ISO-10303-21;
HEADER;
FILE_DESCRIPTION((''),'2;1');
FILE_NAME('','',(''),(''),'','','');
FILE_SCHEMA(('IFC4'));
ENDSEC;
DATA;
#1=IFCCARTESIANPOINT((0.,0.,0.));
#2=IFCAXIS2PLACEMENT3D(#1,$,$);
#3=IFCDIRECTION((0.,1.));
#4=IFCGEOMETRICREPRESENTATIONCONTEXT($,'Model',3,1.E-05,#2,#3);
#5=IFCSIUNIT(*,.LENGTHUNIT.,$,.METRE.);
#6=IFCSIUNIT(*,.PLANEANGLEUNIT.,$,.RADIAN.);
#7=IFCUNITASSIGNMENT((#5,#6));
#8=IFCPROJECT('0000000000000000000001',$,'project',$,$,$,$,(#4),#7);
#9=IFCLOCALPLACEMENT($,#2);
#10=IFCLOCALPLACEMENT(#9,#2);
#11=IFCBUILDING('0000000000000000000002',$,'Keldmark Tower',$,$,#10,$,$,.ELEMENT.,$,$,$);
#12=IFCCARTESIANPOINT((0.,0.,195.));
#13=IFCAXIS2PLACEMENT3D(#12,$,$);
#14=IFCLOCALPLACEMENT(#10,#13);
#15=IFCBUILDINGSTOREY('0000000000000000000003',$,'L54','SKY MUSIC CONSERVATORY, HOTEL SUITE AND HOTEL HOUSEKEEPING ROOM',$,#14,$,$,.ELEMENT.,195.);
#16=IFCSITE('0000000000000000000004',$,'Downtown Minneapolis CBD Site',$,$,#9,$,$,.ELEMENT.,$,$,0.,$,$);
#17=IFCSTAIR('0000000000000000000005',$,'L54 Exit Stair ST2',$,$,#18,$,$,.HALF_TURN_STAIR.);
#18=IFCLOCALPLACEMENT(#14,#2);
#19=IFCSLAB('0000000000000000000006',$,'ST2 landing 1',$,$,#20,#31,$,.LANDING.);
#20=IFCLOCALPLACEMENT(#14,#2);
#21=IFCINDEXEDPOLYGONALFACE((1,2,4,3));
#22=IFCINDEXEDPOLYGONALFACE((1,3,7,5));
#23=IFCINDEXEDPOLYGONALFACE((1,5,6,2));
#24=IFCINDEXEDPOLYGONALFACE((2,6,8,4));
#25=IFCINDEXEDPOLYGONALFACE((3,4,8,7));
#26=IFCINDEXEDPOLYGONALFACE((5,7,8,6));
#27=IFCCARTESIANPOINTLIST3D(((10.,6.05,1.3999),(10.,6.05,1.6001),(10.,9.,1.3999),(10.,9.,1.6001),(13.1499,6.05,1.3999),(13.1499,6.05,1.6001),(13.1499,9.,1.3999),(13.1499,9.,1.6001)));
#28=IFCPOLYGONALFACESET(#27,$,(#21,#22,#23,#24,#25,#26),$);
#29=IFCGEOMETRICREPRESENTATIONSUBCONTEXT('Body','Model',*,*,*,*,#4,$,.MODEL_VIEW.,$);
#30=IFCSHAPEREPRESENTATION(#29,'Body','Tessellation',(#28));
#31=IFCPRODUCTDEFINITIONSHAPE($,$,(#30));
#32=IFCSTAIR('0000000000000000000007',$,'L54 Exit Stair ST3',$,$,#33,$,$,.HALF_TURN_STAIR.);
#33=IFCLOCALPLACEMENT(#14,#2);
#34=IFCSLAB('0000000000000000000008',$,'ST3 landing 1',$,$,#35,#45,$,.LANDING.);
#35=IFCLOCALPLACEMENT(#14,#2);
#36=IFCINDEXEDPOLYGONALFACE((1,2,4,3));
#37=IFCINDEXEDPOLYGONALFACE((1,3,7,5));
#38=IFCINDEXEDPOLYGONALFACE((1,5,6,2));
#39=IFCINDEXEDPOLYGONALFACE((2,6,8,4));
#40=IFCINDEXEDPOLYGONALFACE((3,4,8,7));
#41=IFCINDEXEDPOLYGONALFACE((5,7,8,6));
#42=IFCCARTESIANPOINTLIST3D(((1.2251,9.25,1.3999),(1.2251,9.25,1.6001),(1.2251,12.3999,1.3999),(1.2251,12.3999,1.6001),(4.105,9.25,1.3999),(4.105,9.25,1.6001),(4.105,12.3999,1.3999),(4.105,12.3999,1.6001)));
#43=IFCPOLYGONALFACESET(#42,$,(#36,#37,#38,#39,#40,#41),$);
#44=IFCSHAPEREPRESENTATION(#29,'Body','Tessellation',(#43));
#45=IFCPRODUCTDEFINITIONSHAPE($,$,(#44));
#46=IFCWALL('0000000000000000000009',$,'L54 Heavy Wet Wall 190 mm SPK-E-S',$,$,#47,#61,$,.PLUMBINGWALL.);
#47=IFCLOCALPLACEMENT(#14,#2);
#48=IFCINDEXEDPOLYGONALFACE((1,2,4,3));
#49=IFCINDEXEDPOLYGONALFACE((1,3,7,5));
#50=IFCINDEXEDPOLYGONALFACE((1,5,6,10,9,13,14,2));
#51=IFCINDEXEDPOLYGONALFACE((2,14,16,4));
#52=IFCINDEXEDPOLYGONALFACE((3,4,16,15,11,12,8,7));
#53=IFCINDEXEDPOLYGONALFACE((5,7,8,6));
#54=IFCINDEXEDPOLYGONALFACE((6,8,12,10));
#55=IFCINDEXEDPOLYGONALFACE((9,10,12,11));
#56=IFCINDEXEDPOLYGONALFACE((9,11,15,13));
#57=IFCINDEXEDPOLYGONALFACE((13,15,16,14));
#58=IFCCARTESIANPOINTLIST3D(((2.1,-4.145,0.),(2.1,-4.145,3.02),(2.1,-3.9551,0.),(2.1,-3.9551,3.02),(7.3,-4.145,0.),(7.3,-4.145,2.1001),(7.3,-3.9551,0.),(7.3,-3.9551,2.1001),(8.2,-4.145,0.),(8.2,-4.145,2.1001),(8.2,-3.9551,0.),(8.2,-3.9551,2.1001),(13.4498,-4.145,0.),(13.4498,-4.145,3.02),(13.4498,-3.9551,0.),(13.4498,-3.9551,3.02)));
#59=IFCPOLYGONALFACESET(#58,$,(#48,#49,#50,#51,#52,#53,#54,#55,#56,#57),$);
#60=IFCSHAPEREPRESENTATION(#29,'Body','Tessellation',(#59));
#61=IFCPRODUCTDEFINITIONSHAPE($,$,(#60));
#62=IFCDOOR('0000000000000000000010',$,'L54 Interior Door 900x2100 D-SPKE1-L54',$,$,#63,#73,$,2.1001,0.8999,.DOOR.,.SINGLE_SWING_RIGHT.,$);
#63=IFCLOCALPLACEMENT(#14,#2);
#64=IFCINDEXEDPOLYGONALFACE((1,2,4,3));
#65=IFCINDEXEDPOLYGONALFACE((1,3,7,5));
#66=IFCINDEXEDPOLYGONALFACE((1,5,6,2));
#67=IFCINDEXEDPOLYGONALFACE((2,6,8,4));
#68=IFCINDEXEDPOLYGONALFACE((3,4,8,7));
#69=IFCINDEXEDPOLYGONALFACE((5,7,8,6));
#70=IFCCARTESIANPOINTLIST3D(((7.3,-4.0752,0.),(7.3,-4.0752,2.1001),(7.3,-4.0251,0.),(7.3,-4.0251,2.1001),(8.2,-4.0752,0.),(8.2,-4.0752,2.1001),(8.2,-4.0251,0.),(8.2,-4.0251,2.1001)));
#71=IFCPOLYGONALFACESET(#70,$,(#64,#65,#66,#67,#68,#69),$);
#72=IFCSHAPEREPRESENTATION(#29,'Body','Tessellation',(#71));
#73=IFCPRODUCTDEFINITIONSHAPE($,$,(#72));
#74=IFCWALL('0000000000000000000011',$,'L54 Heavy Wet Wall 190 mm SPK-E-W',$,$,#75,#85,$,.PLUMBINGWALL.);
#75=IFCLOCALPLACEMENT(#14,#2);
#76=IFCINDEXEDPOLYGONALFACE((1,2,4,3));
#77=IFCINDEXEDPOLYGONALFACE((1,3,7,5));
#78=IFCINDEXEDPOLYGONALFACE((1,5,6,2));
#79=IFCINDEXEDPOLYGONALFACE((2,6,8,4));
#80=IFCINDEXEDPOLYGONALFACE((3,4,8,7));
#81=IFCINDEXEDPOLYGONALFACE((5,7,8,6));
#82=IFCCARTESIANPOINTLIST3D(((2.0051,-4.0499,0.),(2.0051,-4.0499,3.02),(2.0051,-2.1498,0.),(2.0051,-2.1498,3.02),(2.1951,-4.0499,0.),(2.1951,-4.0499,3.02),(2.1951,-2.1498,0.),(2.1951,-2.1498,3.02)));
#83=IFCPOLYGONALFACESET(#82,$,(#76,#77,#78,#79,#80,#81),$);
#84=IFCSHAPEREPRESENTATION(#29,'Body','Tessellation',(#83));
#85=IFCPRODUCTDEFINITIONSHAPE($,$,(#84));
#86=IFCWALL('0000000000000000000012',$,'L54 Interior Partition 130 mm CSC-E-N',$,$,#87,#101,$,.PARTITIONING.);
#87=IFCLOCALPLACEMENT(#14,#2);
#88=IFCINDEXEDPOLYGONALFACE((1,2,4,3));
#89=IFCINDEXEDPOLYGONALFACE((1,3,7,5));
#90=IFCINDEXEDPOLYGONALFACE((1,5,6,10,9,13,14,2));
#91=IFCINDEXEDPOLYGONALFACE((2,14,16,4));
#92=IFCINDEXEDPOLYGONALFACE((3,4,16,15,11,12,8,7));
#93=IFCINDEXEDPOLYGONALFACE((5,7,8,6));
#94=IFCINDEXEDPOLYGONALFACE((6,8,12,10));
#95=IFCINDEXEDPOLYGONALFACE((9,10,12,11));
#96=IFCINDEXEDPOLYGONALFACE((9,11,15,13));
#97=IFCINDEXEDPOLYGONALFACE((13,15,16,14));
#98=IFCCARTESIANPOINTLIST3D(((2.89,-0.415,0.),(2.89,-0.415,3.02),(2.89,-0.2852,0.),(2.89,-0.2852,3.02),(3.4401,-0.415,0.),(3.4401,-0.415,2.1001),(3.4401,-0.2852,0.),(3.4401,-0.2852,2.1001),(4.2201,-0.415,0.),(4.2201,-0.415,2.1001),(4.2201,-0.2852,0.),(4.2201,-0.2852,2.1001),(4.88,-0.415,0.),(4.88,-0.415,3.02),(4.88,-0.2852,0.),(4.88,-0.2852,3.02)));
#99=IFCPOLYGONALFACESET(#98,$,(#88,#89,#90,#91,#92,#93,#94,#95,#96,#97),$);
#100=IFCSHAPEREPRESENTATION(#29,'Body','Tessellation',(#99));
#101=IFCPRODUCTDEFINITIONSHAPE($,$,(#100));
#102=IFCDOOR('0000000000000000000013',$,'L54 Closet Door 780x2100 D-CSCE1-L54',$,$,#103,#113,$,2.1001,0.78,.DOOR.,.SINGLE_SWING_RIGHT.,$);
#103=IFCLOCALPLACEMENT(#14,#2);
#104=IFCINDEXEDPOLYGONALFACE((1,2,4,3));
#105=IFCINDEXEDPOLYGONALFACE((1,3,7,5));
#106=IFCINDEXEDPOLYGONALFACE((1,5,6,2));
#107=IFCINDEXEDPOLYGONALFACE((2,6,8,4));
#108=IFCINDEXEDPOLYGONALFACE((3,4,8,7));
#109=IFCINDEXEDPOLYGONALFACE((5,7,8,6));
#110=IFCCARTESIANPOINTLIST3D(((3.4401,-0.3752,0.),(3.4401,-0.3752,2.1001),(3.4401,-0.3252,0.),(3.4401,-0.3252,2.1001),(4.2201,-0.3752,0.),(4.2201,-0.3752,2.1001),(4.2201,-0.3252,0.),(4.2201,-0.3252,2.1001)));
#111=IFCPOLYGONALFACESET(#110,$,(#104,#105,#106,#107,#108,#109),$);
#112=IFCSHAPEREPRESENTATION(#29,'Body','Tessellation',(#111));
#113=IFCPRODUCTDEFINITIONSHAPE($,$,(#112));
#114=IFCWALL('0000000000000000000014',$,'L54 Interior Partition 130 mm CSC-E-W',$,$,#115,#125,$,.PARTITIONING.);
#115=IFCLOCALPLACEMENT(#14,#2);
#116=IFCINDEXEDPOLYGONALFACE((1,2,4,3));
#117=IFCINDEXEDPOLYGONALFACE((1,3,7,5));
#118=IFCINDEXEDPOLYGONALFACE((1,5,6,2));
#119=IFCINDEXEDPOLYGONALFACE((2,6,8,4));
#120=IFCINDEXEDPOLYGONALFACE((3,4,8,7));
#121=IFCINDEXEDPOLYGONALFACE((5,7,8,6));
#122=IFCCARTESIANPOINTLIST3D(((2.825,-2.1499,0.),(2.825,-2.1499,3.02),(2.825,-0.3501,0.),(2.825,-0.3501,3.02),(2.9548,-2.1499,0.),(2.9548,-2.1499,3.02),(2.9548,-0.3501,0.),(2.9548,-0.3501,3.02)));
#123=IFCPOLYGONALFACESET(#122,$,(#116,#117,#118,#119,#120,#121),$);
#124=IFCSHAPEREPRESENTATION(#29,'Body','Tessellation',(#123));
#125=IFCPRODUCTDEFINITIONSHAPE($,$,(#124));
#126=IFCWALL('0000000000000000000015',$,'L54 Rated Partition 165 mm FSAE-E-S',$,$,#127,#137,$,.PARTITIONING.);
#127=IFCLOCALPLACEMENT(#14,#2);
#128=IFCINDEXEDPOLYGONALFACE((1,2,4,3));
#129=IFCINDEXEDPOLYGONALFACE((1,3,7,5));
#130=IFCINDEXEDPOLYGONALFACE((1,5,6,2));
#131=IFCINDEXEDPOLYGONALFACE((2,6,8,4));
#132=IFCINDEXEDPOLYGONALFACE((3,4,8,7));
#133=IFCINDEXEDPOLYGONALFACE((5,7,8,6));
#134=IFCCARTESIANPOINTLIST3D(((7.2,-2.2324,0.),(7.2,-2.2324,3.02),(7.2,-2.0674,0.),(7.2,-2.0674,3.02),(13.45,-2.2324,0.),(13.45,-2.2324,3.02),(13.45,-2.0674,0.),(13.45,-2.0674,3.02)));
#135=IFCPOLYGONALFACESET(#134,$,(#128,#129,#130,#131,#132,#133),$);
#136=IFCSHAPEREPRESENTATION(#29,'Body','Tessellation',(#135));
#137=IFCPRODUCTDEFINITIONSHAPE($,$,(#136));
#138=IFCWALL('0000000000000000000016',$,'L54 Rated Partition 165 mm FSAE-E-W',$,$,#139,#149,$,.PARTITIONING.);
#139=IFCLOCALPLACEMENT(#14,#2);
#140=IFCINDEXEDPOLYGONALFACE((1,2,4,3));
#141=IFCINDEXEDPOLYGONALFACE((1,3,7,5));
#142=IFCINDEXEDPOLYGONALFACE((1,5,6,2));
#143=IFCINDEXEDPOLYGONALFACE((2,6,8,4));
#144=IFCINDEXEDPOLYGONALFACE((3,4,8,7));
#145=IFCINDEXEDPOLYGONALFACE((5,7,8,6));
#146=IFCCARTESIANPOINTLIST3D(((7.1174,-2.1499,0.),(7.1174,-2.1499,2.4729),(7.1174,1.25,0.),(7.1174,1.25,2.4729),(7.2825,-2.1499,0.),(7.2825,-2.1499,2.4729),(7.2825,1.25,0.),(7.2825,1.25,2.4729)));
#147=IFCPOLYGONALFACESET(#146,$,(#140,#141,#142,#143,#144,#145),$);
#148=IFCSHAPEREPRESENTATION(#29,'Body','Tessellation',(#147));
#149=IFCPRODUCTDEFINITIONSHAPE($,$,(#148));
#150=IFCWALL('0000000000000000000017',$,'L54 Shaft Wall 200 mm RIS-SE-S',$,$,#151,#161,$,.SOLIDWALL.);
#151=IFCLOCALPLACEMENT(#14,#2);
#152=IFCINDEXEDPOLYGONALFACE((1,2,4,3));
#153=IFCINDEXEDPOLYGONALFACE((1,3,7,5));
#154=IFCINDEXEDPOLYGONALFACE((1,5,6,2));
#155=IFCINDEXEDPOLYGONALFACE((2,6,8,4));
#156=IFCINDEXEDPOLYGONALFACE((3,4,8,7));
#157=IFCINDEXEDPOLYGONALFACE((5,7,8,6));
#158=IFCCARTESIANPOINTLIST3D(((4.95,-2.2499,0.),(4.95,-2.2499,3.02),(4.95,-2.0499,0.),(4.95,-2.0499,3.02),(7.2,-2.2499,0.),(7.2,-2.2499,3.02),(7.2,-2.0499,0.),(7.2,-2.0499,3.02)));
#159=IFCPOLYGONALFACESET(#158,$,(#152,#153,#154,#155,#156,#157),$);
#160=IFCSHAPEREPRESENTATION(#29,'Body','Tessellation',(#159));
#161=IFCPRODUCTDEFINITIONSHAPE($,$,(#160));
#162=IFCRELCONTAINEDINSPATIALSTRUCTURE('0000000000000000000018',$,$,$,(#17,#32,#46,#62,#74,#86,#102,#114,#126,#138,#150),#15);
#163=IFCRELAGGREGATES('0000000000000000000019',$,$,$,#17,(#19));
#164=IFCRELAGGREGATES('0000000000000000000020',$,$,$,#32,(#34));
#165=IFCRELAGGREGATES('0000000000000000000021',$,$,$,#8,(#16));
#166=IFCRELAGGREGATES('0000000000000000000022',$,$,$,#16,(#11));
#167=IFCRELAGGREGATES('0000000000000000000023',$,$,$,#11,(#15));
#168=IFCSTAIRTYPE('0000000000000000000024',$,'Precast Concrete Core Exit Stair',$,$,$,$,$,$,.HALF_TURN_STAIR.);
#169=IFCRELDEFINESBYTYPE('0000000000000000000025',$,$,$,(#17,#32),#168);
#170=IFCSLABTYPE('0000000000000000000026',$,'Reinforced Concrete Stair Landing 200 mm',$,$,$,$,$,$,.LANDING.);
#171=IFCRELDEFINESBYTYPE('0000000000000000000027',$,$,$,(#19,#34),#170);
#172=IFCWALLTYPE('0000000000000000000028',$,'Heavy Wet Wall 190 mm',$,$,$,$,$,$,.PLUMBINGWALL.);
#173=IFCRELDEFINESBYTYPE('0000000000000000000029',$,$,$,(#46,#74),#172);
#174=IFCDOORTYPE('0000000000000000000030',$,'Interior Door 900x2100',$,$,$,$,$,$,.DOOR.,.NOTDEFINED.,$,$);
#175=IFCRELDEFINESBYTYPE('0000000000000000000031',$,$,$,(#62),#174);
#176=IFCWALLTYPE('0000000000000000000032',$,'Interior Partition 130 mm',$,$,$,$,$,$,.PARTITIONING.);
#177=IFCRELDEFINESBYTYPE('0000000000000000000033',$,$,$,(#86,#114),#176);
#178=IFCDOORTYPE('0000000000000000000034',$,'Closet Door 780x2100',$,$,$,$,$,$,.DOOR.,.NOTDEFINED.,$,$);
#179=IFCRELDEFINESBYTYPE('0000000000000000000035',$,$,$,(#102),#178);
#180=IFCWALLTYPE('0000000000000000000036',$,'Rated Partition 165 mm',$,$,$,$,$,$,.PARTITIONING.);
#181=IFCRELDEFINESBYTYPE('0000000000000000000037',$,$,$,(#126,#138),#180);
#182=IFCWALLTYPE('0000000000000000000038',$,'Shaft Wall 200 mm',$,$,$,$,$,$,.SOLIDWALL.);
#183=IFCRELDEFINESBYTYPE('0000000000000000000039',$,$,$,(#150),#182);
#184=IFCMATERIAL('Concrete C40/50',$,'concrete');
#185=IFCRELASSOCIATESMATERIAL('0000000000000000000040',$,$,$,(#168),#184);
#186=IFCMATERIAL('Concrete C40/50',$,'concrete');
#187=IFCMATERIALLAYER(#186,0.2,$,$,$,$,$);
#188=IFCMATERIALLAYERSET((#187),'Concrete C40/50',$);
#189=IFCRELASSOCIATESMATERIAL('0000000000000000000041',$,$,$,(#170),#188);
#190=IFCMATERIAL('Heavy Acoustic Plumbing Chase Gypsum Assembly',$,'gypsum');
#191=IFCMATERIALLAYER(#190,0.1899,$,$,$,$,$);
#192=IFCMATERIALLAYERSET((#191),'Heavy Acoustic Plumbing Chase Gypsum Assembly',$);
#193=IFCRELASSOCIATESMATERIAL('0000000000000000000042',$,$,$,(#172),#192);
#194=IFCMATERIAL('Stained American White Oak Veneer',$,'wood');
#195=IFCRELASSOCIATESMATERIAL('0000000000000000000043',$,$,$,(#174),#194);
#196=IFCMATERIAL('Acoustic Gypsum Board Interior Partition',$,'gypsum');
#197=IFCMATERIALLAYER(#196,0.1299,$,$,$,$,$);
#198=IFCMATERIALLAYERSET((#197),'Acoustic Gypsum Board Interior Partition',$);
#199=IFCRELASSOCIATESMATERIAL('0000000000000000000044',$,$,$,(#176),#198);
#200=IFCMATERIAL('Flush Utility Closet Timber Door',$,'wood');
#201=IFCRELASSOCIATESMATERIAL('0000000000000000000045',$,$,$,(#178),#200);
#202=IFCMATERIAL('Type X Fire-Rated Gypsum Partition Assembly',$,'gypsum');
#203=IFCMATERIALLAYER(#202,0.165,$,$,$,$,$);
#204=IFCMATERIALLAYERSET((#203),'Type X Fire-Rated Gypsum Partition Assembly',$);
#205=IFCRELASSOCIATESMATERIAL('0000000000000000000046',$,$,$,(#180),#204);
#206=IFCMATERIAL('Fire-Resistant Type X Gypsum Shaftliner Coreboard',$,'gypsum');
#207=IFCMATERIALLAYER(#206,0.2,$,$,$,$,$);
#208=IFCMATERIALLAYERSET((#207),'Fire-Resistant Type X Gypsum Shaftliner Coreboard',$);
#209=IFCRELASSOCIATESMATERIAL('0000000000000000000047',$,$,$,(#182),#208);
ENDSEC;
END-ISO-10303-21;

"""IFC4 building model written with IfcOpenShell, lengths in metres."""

from ifc_helpers import new_model, si_unit, direction, frame, frame_2d, origin, place, context, subcontext, project, spatial, polyline, rectangle, outline, extrude, material, layer, layer_set, type_object, element, fill, aggregate, save


model = new_model("IFC4")

# Units and contexts
model_context = context("Model", 3, precision=1e-05, world=origin(), true_north=direction((0.0, 1.0)))
body_context = subcontext(model_context, "Body", "Model", "MODEL_VIEW")
ifc_project = project(units=[si_unit("LENGTHUNIT", "METRE"), si_unit("PLANEANGLEUNIT", "RADIAN")], contexts=[model_context])

# Site, building, storey
site_placement = place(None, origin())
site = spatial("IfcSite", under=ifc_project, at=site_placement, Name="Downtown Minneapolis CBD Site", CompositionType="ELEMENT", RefElevation=0.0)
building_placement = place(site_placement, origin())
building = spatial("IfcBuilding", under=site, at=building_placement, Name="Keldmark Tower", CompositionType="ELEMENT")
storey_placement = place(building_placement, frame((0.0, 0.0, 195.0)))
storey = spatial("IfcBuildingStorey", under=building, at=storey_placement, Name="L54", Description="SKY MUSIC CONSERVATORY, HOTEL SUITE AND HOTEL HOUSEKEEPING ROOM", CompositionType="ELEMENT", Elevation=195.0)

# Stairs, slabs
ifc_material_1 = material(Name="Concrete C40/50", Category="concrete")
stair_type = type_object("IfcStairType", Name="Precast Concrete Core Exit Stair", PredefinedType="HALF_TURN_STAIR", material=ifc_material_1)
ifc_material_2 = material(Name="Concrete C40/50", Category="concrete")
ifc_layer_1 = layer(ifc_material_2, 0.2)
ifc_layer_set_1 = layer_set([ifc_layer_1], Name="Concrete C40/50")
slab_type_1 = type_object("IfcSlabType", Name="Reinforced Concrete Stair Landing 200 mm", PredefinedType="LANDING", material=ifc_layer_set_1)
stair_1_placement = place(storey_placement, origin())
stair_1 = element("IfcStair", 1, at=stair_1_placement, inside=storey, type_object=stair_type, Name="L54 Exit Stair ST2", PredefinedType="HALF_TURN_STAIR")
slab_1_placement = place(storey_placement, frame((0.0, 0.0, 1.3999)))
slab_1 = element("IfcSlab", 2, at=slab_1_placement, type_object=slab_type_1, Name="ST2 landing 1", PredefinedType="LANDING", context=body_context, shape_type="SweptSolid", body=[
    extrude(outline(polyline([(13.1499, 6.05), (13.1499, 9.0), (10.0, 9.0), (10.0, 6.05), (13.1499, 6.05)])), origin(), (0.0, 0.0, 1.0), 0.2002),
])
aggregate(stair_1, [slab_1])
stair_2_placement = place(storey_placement, origin())
stair_2 = element("IfcStair", 3, at=stair_2_placement, inside=storey, type_object=stair_type, Name="L54 Exit Stair ST3", PredefinedType="HALF_TURN_STAIR")
slab_2_placement = place(storey_placement, frame((0.0, 0.0, 1.3999)))
slab_2 = element("IfcSlab", 4, at=slab_2_placement, type_object=slab_type_1, Name="ST3 landing 1", PredefinedType="LANDING", context=body_context, shape_type="SweptSolid", body=[
    extrude(outline(polyline([(1.2251, 9.25), (4.105, 9.25), (4.105, 12.3999), (1.2251, 12.3999), (1.2251, 9.25)])), origin(), (0.0, 0.0, 1.0), 0.2002),
])
aggregate(stair_2, [slab_2])

# Wall, opening, door
ifc_material_3 = material(Name="Heavy Acoustic Plumbing Chase Gypsum Assembly", Category="gypsum")
ifc_layer_2 = layer(ifc_material_3, 0.1899)
ifc_layer_set_2 = layer_set([ifc_layer_2], Name="Heavy Acoustic Plumbing Chase Gypsum Assembly")
wall_type_1 = type_object("IfcWallType", Name="Heavy Wet Wall 190 mm", PredefinedType="PLUMBINGWALL", material=ifc_layer_set_2)
wall_1_placement = place(storey_placement, frame((2.1001, -4.05, 0.0), z_axis=(0.0, 0.0, 1.0), x_axis=(1.0, 0.0, 0.0)))
wall_1 = element("IfcWall", 5, at=wall_1_placement, inside=storey, type_object=wall_type_1, Name="L54 Heavy Wet Wall 190 mm SPK-E-S", PredefinedType="PLUMBINGWALL", context=body_context, shape_type="SweptSolid", body=[
    extrude(rectangle(XDim=11.3499, YDim=0.1899, at=frame_2d((5.6748, 0.0))), origin(), (0.0, 0.0, 1.0), 3.02),
])
opening_1_placement = place(wall_1_placement, frame((5.2, 0.0, 0.0)))
opening_1 = element("IfcOpeningElement", 6, at=opening_1_placement, cuts=wall_1, PredefinedType="OPENING", context=body_context, shape_type="SweptSolid", body=[
    extrude(rectangle(XDim=0.8999, YDim=2.1001, at=frame_2d((0.45, 1.05))), frame((0.0, 0.105, 0.0), z_axis=(0.0, -1.0, 0.0), x_axis=(1.0, 0.0, 0.0)), (0.0, 0.0, 1.0), 0.21),
])
ifc_material_4 = material(Name="Stained American White Oak Veneer", Category="wood")
door_type_1 = type_object("IfcDoorType", Name="Interior Door 900x2100", OperationType="NOTDEFINED", PredefinedType="DOOR", material=ifc_material_4)
door_1_placement = place(opening_1_placement, origin())
door_1 = element("IfcDoor", 7, at=door_1_placement, inside=storey, type_object=door_type_1, Name="L54 Interior Door 900x2100 D-SPKE1-L54", OperationType="SINGLE_SWING_RIGHT", OverallHeight=2.1001, OverallWidth=0.8999, PredefinedType="DOOR", context=body_context, shape_type="SweptSolid", body=[
    extrude(rectangle(XDim=0.8999, YDim=2.1001, at=frame_2d((0.45, 1.05))), frame((0.0, 0.0249, 0.0), z_axis=(0.0, -1.0, 0.0), x_axis=(1.0, 0.0, 0.0)), (0.0, 0.0, 1.0), 0.05),
])
fill(opening_1, door_1)

# Wall
wall_2_placement = place(storey_placement, frame((2.1001, -4.05, 0.0), z_axis=(0.0, 0.0, 1.0), x_axis=(0.0, 1.0, 0.0)))
element("IfcWall", 8, at=wall_2_placement, inside=storey, type_object=wall_type_1, Name="L54 Heavy Wet Wall 190 mm SPK-E-W", PredefinedType="PLUMBINGWALL", context=body_context, shape_type="SweptSolid", body=[
    extrude(rectangle(XDim=1.9001, YDim=0.1899, at=frame_2d((0.9502, 0.0))), origin(), (0.0, 0.0, 1.0), 3.02),
])

# Wall, opening, door
ifc_material_5 = material(Name="Acoustic Gypsum Board Interior Partition", Category="gypsum")
ifc_layer_3 = layer(ifc_material_5, 0.1299)
ifc_layer_set_3 = layer_set([ifc_layer_3], Name="Acoustic Gypsum Board Interior Partition")
wall_type_2 = type_object("IfcWallType", Name="Interior Partition 130 mm", PredefinedType="PARTITIONING", material=ifc_layer_set_3)
wall_3_placement = place(storey_placement, frame((2.8899, -0.3501, 0.0), z_axis=(0.0, 0.0, 1.0), x_axis=(1.0, 0.0, 0.0)))
wall_3 = element("IfcWall", 9, at=wall_3_placement, inside=storey, type_object=wall_type_2, Name="L54 Interior Partition 130 mm CSC-E-N", PredefinedType="PARTITIONING", context=body_context, shape_type="SweptSolid", body=[
    extrude(rectangle(XDim=1.99, YDim=0.1299, at=frame_2d((0.9951, 0.0))), origin(), (0.0, 0.0, 1.0), 3.02),
])
opening_2_placement = place(wall_3_placement, frame((0.55, 0.0, 0.0)))
opening_2 = element("IfcOpeningElement", 10, at=opening_2_placement, cuts=wall_3, PredefinedType="OPENING", context=body_context, shape_type="SweptSolid", body=[
    extrude(rectangle(XDim=0.78, YDim=2.1001, at=frame_2d((0.3901, 1.05))), frame((0.0, 0.075, 0.0), z_axis=(0.0, -1.0, 0.0), x_axis=(1.0, 0.0, 0.0)), (0.0, 0.0, 1.0), 0.1499),
])
ifc_material_6 = material(Name="Flush Utility Closet Timber Door", Category="wood")
door_type_2 = type_object("IfcDoorType", Name="Closet Door 780x2100", OperationType="NOTDEFINED", PredefinedType="DOOR", material=ifc_material_6)
door_2_placement = place(opening_2_placement, origin())
door_2 = element("IfcDoor", 11, at=door_2_placement, inside=storey, type_object=door_type_2, Name="L54 Closet Door 780x2100 D-CSCE1-L54", OperationType="SINGLE_SWING_RIGHT", OverallHeight=2.1001, OverallWidth=0.78, PredefinedType="DOOR", context=body_context, shape_type="SweptSolid", body=[
    extrude(rectangle(XDim=0.78, YDim=2.1001, at=frame_2d((0.3901, 1.05))), frame((0.0, 0.0249, 0.0), z_axis=(0.0, -1.0, 0.0), x_axis=(1.0, 0.0, 0.0)), (0.0, 0.0, 1.0), 0.05),
])
fill(opening_2, door_2)

# Walls
wall_4_placement = place(storey_placement, frame((2.8899, -2.1499, 0.0), z_axis=(0.0, 0.0, 1.0), x_axis=(0.0, 1.0, 0.0)))
element("IfcWall", 12, at=wall_4_placement, inside=storey, type_object=wall_type_2, Name="L54 Interior Partition 130 mm CSC-E-W", PredefinedType="PARTITIONING", context=body_context, shape_type="SweptSolid", body=[
    extrude(rectangle(XDim=1.7998, YDim=0.1299, at=frame_2d((0.8999, 0.0))), origin(), (0.0, 0.0, 1.0), 3.02),
])
ifc_material_7 = material(Name="Type X Fire-Rated Gypsum Partition Assembly", Category="gypsum")
ifc_layer_4 = layer(ifc_material_7, 0.165)
ifc_layer_set_4 = layer_set([ifc_layer_4], Name="Type X Fire-Rated Gypsum Partition Assembly")
wall_type_3 = type_object("IfcWallType", Name="Rated Partition 165 mm", PredefinedType="PARTITIONING", material=ifc_layer_set_4)
wall_5_placement = place(storey_placement, frame((7.2, -2.1499, 0.0), z_axis=(0.0, 0.0, 1.0), x_axis=(1.0, 0.0, 0.0)))
element("IfcWall", 13, at=wall_5_placement, inside=storey, type_object=wall_type_3, Name="L54 Rated Partition 165 mm FSAE-E-S", PredefinedType="PARTITIONING", context=body_context, shape_type="SweptSolid", body=[
    extrude(rectangle(XDim=6.25, YDim=0.165, at=frame_2d((3.125, 0.0))), origin(), (0.0, 0.0, 1.0), 3.02),
])
wall_6_placement = place(storey_placement, frame((7.2, -2.1499, 0.0), z_axis=(0.0, 0.0, 1.0), x_axis=(0.0, 1.0, 0.0)))
element("IfcWall", 14, at=wall_6_placement, inside=storey, type_object=wall_type_3, Name="L54 Rated Partition 165 mm FSAE-E-W", PredefinedType="PARTITIONING", context=body_context, shape_type="SweptSolid", body=[
    extrude(rectangle(XDim=3.3999, YDim=0.165, at=frame_2d((1.7, 0.0))), origin(), (0.0, 0.0, 1.0), 2.4729),
])
ifc_material_8 = material(Name="Fire-Resistant Type X Gypsum Shaftliner Coreboard", Category="gypsum")
ifc_layer_5 = layer(ifc_material_8, 0.2)
ifc_layer_set_5 = layer_set([ifc_layer_5], Name="Fire-Resistant Type X Gypsum Shaftliner Coreboard")
wall_type_4 = type_object("IfcWallType", Name="Shaft Wall 200 mm", PredefinedType="SOLIDWALL", material=ifc_layer_set_5)
wall_7_placement = place(storey_placement, frame((4.95, -2.1499, 0.0), z_axis=(0.0, 0.0, 1.0), x_axis=(1.0, 0.0, 0.0)))
element("IfcWall", 15, at=wall_7_placement, inside=storey, type_object=wall_type_4, Name="L54 Shaft Wall 200 mm RIS-SE-S", PredefinedType="SOLIDWALL", context=body_context, shape_type="SweptSolid", body=[
    extrude(rectangle(XDim=2.25, YDim=0.2, at=frame_2d((1.125, 0.0))), origin(), (0.0, 0.0, 1.0), 3.02),
])

save(model, "model.ifc")
